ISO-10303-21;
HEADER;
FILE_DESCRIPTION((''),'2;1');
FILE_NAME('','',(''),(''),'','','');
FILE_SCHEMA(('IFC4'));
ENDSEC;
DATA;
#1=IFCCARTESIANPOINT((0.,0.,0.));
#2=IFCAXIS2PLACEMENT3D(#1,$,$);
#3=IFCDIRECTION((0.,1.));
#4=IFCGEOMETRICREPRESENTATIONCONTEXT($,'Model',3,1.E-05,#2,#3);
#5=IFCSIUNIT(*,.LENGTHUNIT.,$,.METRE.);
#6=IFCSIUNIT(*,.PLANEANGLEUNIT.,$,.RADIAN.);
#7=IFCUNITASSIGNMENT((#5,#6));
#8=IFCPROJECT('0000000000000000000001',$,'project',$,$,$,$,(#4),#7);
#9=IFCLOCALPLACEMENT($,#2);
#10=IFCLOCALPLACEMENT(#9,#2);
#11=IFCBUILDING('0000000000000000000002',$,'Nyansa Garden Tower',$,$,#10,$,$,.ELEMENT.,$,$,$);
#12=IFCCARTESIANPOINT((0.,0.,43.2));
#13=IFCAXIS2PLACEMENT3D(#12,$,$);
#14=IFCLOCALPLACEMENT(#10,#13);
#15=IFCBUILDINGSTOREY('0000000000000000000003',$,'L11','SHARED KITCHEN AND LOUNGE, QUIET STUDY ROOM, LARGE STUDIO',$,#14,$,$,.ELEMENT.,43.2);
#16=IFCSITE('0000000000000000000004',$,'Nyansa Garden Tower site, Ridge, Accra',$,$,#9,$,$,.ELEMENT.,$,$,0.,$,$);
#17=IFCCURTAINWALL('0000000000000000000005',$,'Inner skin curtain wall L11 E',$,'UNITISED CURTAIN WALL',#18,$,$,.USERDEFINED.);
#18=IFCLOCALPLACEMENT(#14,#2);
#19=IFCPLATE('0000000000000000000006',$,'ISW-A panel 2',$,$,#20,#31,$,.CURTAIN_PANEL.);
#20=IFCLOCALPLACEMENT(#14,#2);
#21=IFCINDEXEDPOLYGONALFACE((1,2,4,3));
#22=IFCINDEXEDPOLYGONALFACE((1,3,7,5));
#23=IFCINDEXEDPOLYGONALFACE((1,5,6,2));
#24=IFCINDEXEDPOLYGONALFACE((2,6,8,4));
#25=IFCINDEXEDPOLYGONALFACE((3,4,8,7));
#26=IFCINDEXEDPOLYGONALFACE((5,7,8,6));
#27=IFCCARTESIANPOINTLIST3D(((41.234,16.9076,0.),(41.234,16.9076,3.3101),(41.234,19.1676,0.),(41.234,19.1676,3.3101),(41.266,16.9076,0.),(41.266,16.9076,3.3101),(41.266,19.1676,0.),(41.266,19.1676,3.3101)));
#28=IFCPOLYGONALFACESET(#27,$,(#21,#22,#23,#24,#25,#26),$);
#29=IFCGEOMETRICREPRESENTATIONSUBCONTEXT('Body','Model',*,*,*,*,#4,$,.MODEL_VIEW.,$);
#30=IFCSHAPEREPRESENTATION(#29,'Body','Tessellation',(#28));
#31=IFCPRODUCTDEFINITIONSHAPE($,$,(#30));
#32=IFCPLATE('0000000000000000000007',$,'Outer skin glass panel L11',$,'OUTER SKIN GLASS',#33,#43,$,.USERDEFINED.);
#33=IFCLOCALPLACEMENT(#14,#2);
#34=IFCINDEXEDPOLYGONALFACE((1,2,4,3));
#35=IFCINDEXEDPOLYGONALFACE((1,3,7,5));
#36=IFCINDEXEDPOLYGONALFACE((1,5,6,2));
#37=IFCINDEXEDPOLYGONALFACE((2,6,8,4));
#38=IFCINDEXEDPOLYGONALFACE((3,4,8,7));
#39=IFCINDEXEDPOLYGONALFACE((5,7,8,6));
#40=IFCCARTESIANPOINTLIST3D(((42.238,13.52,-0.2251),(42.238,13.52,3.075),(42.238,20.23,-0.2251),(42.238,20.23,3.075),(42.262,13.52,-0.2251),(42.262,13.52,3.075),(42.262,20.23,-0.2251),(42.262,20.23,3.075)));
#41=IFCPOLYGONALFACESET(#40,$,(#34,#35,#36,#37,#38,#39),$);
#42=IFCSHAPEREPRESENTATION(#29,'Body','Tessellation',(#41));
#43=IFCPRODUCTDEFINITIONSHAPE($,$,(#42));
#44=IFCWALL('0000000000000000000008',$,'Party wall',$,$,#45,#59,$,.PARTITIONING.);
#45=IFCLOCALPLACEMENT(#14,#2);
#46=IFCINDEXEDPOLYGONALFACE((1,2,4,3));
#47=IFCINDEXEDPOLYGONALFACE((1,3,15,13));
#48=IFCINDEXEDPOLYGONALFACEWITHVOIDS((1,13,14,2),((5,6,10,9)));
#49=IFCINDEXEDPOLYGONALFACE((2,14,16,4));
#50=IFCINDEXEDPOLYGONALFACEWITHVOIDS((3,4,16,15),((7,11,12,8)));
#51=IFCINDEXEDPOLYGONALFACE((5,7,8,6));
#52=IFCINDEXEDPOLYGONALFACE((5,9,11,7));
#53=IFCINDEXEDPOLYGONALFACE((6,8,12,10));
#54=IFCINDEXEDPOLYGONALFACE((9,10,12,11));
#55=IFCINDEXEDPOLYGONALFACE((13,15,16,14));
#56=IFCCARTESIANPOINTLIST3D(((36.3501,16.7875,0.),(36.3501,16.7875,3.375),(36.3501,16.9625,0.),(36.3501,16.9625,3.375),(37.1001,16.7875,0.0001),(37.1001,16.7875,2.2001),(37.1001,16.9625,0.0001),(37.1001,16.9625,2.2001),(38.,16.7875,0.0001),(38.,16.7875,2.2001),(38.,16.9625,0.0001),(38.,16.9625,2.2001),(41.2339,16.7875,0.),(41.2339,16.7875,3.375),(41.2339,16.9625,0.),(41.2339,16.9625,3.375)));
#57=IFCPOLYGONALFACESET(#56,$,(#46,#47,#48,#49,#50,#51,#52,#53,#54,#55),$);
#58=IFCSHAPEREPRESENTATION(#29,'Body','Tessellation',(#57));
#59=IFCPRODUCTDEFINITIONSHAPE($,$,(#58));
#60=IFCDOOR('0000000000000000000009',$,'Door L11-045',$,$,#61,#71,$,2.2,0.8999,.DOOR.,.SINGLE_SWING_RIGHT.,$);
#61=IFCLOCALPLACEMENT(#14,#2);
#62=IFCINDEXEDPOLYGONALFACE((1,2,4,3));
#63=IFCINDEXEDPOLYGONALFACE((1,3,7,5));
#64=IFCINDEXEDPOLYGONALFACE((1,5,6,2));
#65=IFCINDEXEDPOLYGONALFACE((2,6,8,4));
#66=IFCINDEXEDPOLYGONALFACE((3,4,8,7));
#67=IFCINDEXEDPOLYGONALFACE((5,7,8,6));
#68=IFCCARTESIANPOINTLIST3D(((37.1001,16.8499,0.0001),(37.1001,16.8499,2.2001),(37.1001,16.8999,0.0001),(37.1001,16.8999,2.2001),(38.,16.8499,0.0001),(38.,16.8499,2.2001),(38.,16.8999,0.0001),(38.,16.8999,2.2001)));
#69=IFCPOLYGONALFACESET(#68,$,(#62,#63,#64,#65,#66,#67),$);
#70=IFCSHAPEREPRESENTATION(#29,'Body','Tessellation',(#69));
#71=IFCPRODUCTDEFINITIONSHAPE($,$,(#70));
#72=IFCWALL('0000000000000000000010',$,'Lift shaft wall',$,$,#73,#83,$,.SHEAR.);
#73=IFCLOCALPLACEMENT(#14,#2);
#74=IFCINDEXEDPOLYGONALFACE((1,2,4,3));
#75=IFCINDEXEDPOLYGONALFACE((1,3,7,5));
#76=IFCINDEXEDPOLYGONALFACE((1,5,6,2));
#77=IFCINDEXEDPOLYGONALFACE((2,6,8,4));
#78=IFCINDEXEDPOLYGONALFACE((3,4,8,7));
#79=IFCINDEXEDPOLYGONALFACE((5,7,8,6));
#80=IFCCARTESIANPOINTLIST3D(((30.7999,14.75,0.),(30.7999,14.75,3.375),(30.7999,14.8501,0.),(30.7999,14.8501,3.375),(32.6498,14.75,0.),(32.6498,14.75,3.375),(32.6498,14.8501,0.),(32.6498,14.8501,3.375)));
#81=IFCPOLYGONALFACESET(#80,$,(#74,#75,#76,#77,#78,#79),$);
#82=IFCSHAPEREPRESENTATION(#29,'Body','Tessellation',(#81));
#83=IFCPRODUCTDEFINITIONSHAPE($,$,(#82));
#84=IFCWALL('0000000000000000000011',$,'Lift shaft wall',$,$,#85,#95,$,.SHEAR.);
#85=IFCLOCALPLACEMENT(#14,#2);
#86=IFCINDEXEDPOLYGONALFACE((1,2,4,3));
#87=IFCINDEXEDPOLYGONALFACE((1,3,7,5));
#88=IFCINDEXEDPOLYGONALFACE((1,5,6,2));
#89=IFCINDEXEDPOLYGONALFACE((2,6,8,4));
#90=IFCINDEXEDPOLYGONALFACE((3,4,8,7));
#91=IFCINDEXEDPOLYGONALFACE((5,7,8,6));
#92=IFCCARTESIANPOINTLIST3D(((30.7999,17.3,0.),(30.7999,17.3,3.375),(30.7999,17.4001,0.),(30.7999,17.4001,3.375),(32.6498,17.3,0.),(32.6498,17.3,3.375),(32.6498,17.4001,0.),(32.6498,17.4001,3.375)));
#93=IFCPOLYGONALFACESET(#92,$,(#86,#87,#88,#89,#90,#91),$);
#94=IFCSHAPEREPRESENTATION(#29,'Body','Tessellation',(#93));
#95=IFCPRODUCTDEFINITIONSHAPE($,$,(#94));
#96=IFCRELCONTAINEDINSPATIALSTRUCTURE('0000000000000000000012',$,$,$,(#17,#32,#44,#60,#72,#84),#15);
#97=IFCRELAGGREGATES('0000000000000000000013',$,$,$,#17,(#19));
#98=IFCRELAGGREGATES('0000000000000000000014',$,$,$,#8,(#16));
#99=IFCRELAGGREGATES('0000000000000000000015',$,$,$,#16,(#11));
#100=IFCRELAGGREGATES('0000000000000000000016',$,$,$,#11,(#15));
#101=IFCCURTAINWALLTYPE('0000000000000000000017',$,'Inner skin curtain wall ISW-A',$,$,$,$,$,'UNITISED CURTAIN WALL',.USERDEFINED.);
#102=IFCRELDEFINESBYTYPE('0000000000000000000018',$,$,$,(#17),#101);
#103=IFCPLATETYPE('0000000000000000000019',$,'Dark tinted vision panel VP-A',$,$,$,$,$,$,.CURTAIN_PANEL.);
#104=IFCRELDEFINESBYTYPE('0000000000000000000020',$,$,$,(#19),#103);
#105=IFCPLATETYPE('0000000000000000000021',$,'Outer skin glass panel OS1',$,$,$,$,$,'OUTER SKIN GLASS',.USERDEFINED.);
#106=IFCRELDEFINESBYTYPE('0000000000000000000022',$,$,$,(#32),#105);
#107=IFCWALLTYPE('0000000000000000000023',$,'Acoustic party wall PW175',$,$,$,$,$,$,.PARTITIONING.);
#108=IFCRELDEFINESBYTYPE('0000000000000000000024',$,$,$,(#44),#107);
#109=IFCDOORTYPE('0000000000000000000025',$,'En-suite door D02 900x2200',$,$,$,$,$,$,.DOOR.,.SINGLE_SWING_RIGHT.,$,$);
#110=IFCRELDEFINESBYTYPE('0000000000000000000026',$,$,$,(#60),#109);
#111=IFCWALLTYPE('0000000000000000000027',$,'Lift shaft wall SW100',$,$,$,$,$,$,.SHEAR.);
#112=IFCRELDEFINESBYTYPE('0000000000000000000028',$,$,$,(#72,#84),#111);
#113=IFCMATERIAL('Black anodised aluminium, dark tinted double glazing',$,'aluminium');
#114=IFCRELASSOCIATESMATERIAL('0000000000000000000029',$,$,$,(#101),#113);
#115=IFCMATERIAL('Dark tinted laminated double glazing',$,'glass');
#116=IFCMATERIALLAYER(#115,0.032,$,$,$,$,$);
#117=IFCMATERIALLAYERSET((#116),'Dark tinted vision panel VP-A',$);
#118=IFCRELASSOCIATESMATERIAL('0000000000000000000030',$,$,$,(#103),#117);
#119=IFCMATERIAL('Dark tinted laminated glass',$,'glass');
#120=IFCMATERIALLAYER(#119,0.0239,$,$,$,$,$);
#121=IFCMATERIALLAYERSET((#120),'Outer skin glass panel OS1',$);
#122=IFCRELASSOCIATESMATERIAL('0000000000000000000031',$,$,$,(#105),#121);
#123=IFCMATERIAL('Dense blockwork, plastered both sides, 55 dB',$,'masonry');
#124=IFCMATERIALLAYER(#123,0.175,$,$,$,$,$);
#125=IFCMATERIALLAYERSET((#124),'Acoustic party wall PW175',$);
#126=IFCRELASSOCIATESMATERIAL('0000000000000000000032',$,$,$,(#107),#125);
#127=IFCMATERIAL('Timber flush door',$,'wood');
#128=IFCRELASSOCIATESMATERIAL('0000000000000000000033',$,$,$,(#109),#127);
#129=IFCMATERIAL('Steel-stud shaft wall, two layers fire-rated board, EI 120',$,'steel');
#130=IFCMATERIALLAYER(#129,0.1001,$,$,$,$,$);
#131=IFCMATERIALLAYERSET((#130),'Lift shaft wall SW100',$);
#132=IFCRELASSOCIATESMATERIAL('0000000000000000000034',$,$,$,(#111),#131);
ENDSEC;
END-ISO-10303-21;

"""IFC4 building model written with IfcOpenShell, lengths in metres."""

from ifc_helpers import new_model, si_unit, direction, frame, frame_2d, origin, origin_2d, place, context, subcontext, project, spatial, rectangle, extrude, material, layer, layer_set, type_object, element, fill, aggregate, save


model = new_model("IFC4")

# Units and contexts
model_context = context("Model", 3, precision=1e-05, world=origin(), true_north=direction((0.0, 1.0)))
body_context = subcontext(model_context, "Body", "Model", "MODEL_VIEW")
ifc_project = project(units=[si_unit("LENGTHUNIT", "METRE"), si_unit("PLANEANGLEUNIT", "RADIAN")], contexts=[model_context])

# Site, building, storey
site_placement = place(None, origin())
site = spatial("IfcSite", under=ifc_project, at=site_placement, Name="Nyansa Garden Tower site, Ridge, Accra", CompositionType="ELEMENT", RefElevation=0.0)
building_placement = place(site_placement, origin())
building = spatial("IfcBuilding", under=site, at=building_placement, Name="Nyansa Garden Tower", CompositionType="ELEMENT")
storey_placement = place(building_placement, frame((0.0, 0.0, 43.2)))
storey = spatial("IfcBuildingStorey", under=building, at=storey_placement, Name="L11", Description="SHARED KITCHEN AND LOUNGE, QUIET STUDY ROOM, LARGE STUDIO", CompositionType="ELEMENT", Elevation=43.2)

# Shared definitions
ifc_material_1 = material(Name="Black anodised aluminium, dark tinted double glazing", Category="aluminium")
curtain_wall_type = type_object("IfcCurtainWallType", Name="Inner skin curtain wall ISW-A", ElementType="UNITISED CURTAIN WALL", PredefinedType="USERDEFINED", material=ifc_material_1)

# Curtain wall
curtain_wall_1_placement = place(storey_placement, origin())
curtain_wall_1 = element("IfcCurtainWall", 1, at=curtain_wall_1_placement, inside=storey, type_object=curtain_wall_type, Name="Inner skin curtain wall L11 E", ObjectType="UNITISED CURTAIN WALL", PredefinedType="USERDEFINED")

# Plates
ifc_material_2 = material(Name="Dark tinted laminated double glazing", Category="glass")
ifc_layer_1 = layer(ifc_material_2, 0.032)
ifc_layer_set_1 = layer_set([ifc_layer_1], Name="Dark tinted vision panel VP-A")
plate_type_1 = type_object("IfcPlateType", Name="Dark tinted vision panel VP-A", PredefinedType="CURTAIN_PANEL", material=ifc_layer_set_1)
plate_1_placement = place(storey_placement, frame((41.25, 18.0376, 0.0), z_axis=(0.0, 0.0, 1.0), x_axis=(0.0, 1.0, 0.0)))
plate_1 = element("IfcPlate", 2, at=plate_1_placement, type_object=plate_type_1, Name="ISW-A panel 2", PredefinedType="CURTAIN_PANEL", context=body_context, shape_type="SweptSolid", body=[
    extrude(rectangle(XDim=2.26, YDim=0.032, at=origin_2d()), origin(), (0.0, 0.0, 1.0), 3.3101),
])
aggregate(curtain_wall_1, [plate_1])
ifc_material_3 = material(Name="Dark tinted laminated glass", Category="glass")
ifc_layer_2 = layer(ifc_material_3, 0.0239)
ifc_layer_set_2 = layer_set([ifc_layer_2], Name="Outer skin glass panel OS1")
plate_type_2 = type_object("IfcPlateType", Name="Outer skin glass panel OS1", ElementType="OUTER SKIN GLASS", PredefinedType="USERDEFINED", material=ifc_layer_set_2)
plate_2_placement = place(storey_placement, frame((42.25, 16.875, -0.2251), z_axis=(0.0, 0.0, 1.0), x_axis=(0.0, 1.0, 0.0)))
element("IfcPlate", 3, at=plate_2_placement, inside=storey, type_object=plate_type_2, Name="Outer skin glass panel L11", ObjectType="OUTER SKIN GLASS", PredefinedType="USERDEFINED", context=body_context, shape_type="SweptSolid", body=[
    extrude(rectangle(XDim=6.71, YDim=0.0239, at=origin_2d()), origin(), (0.0, 0.0, 1.0), 3.3),
])

# Wall, opening, door
ifc_material_4 = material(Name="Dense blockwork, plastered both sides, 55 dB", Category="masonry")
ifc_layer_3 = layer(ifc_material_4, 0.175)
ifc_layer_set_3 = layer_set([ifc_layer_3], Name="Acoustic party wall PW175")
wall_type_1 = type_object("IfcWallType", Name="Acoustic party wall PW175", PredefinedType="PARTITIONING", material=ifc_layer_set_3)
wall_1_placement = place(storey_placement, frame((36.3501, 16.875, 0.0), z_axis=(0.0, 0.0, 1.0), x_axis=(1.0, 0.0, 0.0)))
wall_1 = element("IfcWall", 4, at=wall_1_placement, inside=storey, type_object=wall_type_1, Name="Party wall", PredefinedType="PARTITIONING", context=body_context, shape_type="SweptSolid", body=[
    extrude(rectangle(XDim=4.8838, YDim=0.175, at=frame_2d((2.4419, 0.0))), origin(), (0.0, 0.0, 1.0), 3.375),
])
opening_1_placement = place(wall_1_placement, frame((0.75, 0.0, 0.0)))
opening_1 = element("IfcOpeningElement", 5, at=opening_1_placement, cuts=wall_1, PredefinedType="OPENING", context=body_context, shape_type="SweptSolid", body=[
    extrude(rectangle(XDim=0.8999, YDim=2.2, at=frame_2d((0.45, 1.1001))), frame((0.0, 0.0974, 0.0), z_axis=(0.0, -1.0, 0.0), x_axis=(1.0, 0.0, 0.0)), (0.0, 0.0, 1.0), 0.1951),
])
ifc_material_5 = material(Name="Timber flush door", Category="wood")
door_type_1 = type_object("IfcDoorType", Name="En-suite door D02 900x2200", OperationType="SINGLE_SWING_RIGHT", PredefinedType="DOOR", material=ifc_material_5)
door_1_placement = place(opening_1_placement, origin())
door_1 = element("IfcDoor", 6, at=door_1_placement, inside=storey, type_object=door_type_1, Name="Door L11-045", OperationType="SINGLE_SWING_RIGHT", OverallHeight=2.2, OverallWidth=0.8999, PredefinedType="DOOR", context=body_context, shape_type="SweptSolid", body=[
    extrude(rectangle(XDim=0.8999, YDim=2.2, at=frame_2d((0.45, 1.1001))), frame((0.0, 0.0249, 0.0), z_axis=(0.0, -1.0, 0.0), x_axis=(1.0, 0.0, 0.0)), (0.0, 0.0, 1.0), 0.05),
])
fill(opening_1, door_1)

# Walls
ifc_material_6 = material(Name="Steel-stud shaft wall, two layers fire-rated board, EI 120", Category="steel")
ifc_layer_4 = layer(ifc_material_6, 0.1001)
ifc_layer_set_4 = layer_set([ifc_layer_4], Name="Lift shaft wall SW100")
wall_type_2 = type_object("IfcWallType", Name="Lift shaft wall SW100", PredefinedType="SHEAR", material=ifc_layer_set_4)
for number, where, z_axis, x_axis, name in (
    (7, (30.8, 14.8, 0.0), (0.0, 0.0, 1.0), (1.0, 0.0, 0.0), "Lift shaft wall"),
    (8, (30.8, 17.3501, 0.0), (0.0, 0.0, 1.0), (1.0, 0.0, 0.0), "Lift shaft wall"),
):
    element("IfcWall", number, at=place(storey_placement, frame(where, z_axis=z_axis, x_axis=x_axis)), inside=storey, type_object=wall_type_2, Name=name, PredefinedType="SHEAR", context=body_context, shape_type="SweptSolid", body=[
        extrude(rectangle(XDim=1.8499, YDim=0.1001, at=frame_2d((0.9248, 0.0))), origin(), (0.0, 0.0, 1.0), 3.375),
    ])

save(model, "model.ifc")
